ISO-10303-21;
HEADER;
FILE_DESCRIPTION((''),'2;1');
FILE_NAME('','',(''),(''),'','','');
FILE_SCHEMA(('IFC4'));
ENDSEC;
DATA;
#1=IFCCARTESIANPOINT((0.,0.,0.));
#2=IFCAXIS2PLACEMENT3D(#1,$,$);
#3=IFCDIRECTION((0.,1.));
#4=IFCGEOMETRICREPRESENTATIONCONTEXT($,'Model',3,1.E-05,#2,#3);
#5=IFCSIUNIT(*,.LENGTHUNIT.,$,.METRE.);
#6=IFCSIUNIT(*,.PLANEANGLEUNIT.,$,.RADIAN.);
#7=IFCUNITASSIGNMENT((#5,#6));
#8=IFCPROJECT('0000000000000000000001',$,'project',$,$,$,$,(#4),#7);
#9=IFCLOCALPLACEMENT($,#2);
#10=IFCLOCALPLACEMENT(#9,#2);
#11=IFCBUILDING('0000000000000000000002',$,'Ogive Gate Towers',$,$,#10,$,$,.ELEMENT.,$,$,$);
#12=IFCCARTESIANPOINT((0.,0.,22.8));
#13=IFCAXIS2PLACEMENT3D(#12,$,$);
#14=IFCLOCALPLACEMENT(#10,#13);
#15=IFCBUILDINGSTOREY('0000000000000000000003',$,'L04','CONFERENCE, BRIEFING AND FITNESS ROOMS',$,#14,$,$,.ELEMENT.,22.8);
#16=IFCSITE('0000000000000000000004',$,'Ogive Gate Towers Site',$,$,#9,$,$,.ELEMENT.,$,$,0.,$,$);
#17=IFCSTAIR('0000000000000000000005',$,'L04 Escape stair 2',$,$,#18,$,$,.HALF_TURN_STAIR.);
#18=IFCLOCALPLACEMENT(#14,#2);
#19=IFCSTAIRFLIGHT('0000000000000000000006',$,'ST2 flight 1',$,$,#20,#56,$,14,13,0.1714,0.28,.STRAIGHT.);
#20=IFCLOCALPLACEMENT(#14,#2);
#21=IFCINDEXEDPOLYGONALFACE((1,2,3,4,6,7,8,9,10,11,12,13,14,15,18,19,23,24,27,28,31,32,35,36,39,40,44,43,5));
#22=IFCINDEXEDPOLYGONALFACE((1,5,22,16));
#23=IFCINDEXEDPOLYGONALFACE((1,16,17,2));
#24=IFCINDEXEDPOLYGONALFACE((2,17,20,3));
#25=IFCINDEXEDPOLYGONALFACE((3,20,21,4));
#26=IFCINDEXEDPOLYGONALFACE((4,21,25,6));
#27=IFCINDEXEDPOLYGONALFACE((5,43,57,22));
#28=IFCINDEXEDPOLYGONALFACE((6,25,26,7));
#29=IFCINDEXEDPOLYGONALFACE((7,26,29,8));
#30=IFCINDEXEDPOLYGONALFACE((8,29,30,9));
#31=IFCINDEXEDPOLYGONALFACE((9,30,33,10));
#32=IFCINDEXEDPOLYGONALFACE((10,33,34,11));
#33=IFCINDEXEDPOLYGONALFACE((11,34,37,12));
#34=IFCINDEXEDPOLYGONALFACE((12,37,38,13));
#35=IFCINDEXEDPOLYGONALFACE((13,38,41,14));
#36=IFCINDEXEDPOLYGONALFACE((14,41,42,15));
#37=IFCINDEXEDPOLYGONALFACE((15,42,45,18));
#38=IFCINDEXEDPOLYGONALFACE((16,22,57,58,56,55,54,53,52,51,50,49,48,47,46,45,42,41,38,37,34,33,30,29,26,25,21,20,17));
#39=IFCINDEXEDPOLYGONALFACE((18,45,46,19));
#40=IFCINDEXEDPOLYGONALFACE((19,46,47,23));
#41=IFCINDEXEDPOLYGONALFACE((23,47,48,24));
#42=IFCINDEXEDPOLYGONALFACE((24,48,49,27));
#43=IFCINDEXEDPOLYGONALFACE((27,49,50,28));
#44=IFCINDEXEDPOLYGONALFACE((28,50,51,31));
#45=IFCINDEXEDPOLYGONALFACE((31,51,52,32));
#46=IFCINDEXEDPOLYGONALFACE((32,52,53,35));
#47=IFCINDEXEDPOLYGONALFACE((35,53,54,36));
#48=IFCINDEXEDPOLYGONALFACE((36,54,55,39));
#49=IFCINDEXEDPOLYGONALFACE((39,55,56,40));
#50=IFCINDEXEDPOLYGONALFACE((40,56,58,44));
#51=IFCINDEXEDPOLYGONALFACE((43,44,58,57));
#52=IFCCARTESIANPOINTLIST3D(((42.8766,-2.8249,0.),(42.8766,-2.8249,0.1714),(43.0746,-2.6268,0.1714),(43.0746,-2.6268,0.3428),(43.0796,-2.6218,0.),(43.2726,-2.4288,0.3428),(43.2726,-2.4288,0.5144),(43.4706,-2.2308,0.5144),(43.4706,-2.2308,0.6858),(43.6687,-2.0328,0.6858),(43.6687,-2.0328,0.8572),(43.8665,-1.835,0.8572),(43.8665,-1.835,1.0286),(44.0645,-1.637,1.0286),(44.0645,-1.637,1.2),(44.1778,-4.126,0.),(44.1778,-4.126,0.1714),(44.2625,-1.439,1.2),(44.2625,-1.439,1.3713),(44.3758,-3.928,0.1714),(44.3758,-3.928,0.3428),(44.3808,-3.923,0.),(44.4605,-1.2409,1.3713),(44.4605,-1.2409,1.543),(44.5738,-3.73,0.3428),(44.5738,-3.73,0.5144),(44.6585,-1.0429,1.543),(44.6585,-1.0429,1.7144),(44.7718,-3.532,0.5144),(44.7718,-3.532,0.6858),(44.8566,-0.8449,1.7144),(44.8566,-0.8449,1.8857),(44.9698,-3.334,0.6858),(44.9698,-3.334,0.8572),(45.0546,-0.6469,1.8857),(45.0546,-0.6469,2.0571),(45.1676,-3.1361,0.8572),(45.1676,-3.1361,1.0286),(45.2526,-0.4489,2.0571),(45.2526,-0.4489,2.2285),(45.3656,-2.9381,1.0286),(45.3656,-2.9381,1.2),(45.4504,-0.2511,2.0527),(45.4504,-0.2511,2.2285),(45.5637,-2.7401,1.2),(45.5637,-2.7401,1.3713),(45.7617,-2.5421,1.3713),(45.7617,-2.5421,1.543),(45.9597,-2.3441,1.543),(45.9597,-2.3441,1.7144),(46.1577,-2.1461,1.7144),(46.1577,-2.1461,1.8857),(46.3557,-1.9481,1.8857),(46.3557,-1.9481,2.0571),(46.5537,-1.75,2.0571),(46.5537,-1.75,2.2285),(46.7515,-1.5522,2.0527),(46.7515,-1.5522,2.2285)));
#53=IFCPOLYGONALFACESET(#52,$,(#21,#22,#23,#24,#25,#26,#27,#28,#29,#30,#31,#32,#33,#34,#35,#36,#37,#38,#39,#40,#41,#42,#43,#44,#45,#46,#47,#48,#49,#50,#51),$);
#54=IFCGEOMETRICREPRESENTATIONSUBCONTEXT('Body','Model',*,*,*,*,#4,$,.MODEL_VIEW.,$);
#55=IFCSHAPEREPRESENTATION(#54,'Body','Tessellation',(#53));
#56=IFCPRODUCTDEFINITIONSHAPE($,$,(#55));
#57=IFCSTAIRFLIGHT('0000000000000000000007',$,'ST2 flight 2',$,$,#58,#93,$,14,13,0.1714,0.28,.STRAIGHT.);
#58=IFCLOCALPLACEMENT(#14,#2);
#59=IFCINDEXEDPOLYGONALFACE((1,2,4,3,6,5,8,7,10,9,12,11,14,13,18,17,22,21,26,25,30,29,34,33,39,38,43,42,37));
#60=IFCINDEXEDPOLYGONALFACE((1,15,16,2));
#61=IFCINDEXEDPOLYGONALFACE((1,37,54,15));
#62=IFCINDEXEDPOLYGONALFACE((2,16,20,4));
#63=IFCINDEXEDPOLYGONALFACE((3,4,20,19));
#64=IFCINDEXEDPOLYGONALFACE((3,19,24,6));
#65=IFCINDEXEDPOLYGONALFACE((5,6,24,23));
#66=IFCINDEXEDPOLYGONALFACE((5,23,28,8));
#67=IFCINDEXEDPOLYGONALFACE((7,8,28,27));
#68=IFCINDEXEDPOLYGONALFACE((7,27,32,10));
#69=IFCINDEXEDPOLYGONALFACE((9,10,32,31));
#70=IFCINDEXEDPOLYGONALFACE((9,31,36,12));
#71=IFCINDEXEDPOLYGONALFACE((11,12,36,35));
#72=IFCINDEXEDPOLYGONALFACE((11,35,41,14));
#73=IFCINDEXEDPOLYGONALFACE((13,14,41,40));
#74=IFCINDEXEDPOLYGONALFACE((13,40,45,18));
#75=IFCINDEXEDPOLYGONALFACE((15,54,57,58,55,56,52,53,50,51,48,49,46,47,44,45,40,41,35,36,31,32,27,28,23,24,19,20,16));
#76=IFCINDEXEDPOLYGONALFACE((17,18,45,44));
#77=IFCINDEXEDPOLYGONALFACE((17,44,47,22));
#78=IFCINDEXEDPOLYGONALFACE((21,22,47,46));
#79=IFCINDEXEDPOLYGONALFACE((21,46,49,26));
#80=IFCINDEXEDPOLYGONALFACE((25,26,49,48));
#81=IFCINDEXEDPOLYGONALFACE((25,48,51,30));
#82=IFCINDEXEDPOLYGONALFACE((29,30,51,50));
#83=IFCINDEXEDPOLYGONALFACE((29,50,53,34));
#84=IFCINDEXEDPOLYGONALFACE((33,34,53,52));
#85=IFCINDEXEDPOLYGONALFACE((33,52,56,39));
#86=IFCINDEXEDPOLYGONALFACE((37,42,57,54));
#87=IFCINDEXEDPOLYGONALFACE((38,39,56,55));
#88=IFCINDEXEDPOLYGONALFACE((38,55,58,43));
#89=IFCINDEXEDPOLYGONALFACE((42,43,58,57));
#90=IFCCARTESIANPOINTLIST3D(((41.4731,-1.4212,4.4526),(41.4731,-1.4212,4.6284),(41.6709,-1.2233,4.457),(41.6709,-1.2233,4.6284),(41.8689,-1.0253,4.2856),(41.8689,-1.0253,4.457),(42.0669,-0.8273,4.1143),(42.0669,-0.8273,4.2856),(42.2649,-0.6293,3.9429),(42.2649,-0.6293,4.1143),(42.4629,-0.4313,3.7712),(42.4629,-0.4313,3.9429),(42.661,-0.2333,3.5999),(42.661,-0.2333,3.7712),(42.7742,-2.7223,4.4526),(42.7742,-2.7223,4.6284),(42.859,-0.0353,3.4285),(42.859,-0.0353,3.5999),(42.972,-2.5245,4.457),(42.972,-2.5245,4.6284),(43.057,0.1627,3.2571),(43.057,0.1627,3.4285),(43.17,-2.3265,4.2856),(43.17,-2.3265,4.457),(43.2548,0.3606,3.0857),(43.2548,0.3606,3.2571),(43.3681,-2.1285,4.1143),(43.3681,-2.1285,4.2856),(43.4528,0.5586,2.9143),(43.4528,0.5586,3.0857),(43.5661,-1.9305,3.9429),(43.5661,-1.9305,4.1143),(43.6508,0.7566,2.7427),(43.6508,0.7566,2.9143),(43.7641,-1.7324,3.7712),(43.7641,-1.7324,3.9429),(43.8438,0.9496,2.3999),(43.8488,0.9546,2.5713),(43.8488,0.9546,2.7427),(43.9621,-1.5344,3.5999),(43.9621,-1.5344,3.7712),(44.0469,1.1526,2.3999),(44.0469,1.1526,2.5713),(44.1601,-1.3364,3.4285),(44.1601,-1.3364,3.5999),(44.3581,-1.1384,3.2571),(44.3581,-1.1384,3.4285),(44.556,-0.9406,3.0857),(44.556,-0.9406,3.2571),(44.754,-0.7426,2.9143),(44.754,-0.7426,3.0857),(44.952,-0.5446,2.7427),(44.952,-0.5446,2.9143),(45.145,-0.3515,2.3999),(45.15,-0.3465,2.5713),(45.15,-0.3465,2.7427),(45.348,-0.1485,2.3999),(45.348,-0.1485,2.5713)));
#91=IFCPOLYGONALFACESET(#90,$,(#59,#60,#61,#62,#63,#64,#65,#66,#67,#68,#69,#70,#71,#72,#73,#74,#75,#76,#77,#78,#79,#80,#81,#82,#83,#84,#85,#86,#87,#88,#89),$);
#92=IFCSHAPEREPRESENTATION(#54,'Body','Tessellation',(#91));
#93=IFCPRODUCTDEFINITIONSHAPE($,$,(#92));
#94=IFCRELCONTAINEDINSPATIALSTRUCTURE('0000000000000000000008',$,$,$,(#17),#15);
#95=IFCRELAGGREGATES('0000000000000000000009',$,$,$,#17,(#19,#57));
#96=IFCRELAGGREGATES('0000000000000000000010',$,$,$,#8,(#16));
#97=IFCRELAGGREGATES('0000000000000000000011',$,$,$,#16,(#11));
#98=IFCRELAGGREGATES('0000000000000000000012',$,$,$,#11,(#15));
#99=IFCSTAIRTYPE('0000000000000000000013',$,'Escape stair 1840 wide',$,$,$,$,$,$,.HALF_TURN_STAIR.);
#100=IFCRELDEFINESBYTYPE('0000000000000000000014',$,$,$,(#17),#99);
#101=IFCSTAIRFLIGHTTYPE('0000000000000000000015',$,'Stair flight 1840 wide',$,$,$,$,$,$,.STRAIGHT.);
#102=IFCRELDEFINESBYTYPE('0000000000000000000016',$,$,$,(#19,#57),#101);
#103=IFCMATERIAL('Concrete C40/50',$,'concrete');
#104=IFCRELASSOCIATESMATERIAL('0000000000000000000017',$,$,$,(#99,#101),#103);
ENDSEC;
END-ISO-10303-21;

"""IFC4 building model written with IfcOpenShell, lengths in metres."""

from ifc_helpers import new_model, si_unit, direction, frame, origin, place, context, subcontext, project, spatial, polyline, outline, extrude, material, type_object, element, aggregate, save


model = new_model("IFC4")

# Units and contexts
model_context = context("Model", 3, precision=1e-05, world=origin(), true_north=direction((0.0, 1.0)))
body_context = subcontext(model_context, "Body", "Model", "MODEL_VIEW")
ifc_project = project(units=[si_unit("LENGTHUNIT", "METRE"), si_unit("PLANEANGLEUNIT", "RADIAN")], contexts=[model_context])

# Site, building, storey
site_placement = place(None, origin())
site = spatial("IfcSite", under=ifc_project, at=site_placement, Name="Ogive Gate Towers Site", CompositionType="ELEMENT", RefElevation=0.0)
building_placement = place(site_placement, origin())
building = spatial("IfcBuilding", under=site, at=building_placement, Name="Ogive Gate Towers", CompositionType="ELEMENT")
storey_placement = place(building_placement, frame((0.0, 0.0, 22.8)))
storey = spatial("IfcBuildingStorey", under=building, at=storey_placement, Name="L04", Description="CONFERENCE, BRIEFING AND FITNESS ROOMS", CompositionType="ELEMENT", Elevation=22.8)

# Shared definitions
ifc_material_1 = material(Name="Concrete C40/50", Category="concrete")

# Stair, stair flights
stair_type = type_object("IfcStairType", Name="Escape stair 1840 wide", PredefinedType="HALF_TURN_STAIR", material=ifc_material_1)
stair_placement = place(storey_placement, origin())
stair = element("IfcStair", 1, at=stair_placement, inside=storey, type_object=stair_type, Name="L04 Escape stair 2", PredefinedType="HALF_TURN_STAIR")
stair_flight_type = type_object("IfcStairFlightType", Name="Stair flight 1840 wide", PredefinedType="STRAIGHT", material=ifc_material_1)
stair_flight_1_placement = place(storey_placement, frame((43.5271, -3.4753, 0.0), z_axis=(0.0, 0.0, 1.0), x_axis=(0.707107, 0.707107, 0.0)))
stair_flight_1 = element("IfcStairFlight", 2, at=stair_flight_1_placement, type_object=stair_flight_type, Name="ST2 flight 1", NumberOfRisers=14, NumberOfTreads=13, PredefinedType="STRAIGHT", RiserHeight=0.1714, TreadLength=0.28, context=body_context, shape_type="SweptSolid", body=[
    extrude(outline(polyline([(0.0, 0.0), (0.0, 0.1714), (0.28, 0.1714), (0.28, 0.3428), (0.5601, 0.3428), (0.5601, 0.5144), (0.8401, 0.5144), (0.8401, 0.6858), (1.1201, 0.6858), (1.1201, 0.8572), (1.3999, 0.8572), (1.3999, 1.0286), (1.6799, 1.0286), (1.6799, 1.2), (1.96, 1.2), (1.96, 1.3713), (2.24, 1.3713), (2.24, 1.543), (2.52, 1.543), (2.52, 1.7144), (2.8, 1.7144), (2.8, 1.8857), (3.0801, 1.8857), (3.0801, 2.0571), (3.3601, 2.0571), (3.3601, 2.2285), (3.6399, 2.2285), (3.6399, 2.3999), (3.6399, 2.0527), (0.2871, 0.0), (0.0, 0.0)])), frame((0.0, 0.9199, 0.0), z_axis=(0.0, -1.0, 0.0), x_axis=(1.0, 0.0, 0.0)), (0.0, 0.0, 1.0), 1.8401),
])
stair_flight_2_placement = place(storey_placement, frame((44.6975, 0.502, 2.3999), z_axis=(0.0, 0.0, 1.0), x_axis=(-0.707107, -0.707107, 0.0)))
stair_flight_2 = element("IfcStairFlight", 3, at=stair_flight_2_placement, type_object=stair_flight_type, Name="ST2 flight 2", NumberOfRisers=14, NumberOfTreads=13, PredefinedType="STRAIGHT", RiserHeight=0.1714, TreadLength=0.28, context=body_context, shape_type="SweptSolid", body=[
    extrude(outline(polyline([(0.0, 0.0), (0.0, 0.1714), (0.28, 0.1714), (0.28, 0.3428), (0.5601, 0.3428), (0.5601, 0.5144), (0.8401, 0.5144), (0.8401, 0.6858), (1.1201, 0.6858), (1.1201, 0.8572), (1.3999, 0.8572), (1.3999, 1.0286), (1.6799, 1.0286), (1.6799, 1.2), (1.96, 1.2), (1.96, 1.3713), (2.24, 1.3713), (2.24, 1.543), (2.52, 1.543), (2.52, 1.7144), (2.8, 1.7144), (2.8, 1.8857), (3.0801, 1.8857), (3.0801, 2.0571), (3.3601, 2.0571), (3.3601, 2.2285), (3.6399, 2.2285), (3.6399, 2.3999), (3.6399, 2.0527), (0.2871, 0.0), (0.0, 0.0)])), frame((0.0, 0.9199, 0.0), z_axis=(0.0, -1.0, 0.0), x_axis=(1.0, 0.0, 0.0)), (0.0, 0.0, 1.0), 1.8401),
])
aggregate(stair, [stair_flight_1, stair_flight_2])

save(model, "model.ifc")
